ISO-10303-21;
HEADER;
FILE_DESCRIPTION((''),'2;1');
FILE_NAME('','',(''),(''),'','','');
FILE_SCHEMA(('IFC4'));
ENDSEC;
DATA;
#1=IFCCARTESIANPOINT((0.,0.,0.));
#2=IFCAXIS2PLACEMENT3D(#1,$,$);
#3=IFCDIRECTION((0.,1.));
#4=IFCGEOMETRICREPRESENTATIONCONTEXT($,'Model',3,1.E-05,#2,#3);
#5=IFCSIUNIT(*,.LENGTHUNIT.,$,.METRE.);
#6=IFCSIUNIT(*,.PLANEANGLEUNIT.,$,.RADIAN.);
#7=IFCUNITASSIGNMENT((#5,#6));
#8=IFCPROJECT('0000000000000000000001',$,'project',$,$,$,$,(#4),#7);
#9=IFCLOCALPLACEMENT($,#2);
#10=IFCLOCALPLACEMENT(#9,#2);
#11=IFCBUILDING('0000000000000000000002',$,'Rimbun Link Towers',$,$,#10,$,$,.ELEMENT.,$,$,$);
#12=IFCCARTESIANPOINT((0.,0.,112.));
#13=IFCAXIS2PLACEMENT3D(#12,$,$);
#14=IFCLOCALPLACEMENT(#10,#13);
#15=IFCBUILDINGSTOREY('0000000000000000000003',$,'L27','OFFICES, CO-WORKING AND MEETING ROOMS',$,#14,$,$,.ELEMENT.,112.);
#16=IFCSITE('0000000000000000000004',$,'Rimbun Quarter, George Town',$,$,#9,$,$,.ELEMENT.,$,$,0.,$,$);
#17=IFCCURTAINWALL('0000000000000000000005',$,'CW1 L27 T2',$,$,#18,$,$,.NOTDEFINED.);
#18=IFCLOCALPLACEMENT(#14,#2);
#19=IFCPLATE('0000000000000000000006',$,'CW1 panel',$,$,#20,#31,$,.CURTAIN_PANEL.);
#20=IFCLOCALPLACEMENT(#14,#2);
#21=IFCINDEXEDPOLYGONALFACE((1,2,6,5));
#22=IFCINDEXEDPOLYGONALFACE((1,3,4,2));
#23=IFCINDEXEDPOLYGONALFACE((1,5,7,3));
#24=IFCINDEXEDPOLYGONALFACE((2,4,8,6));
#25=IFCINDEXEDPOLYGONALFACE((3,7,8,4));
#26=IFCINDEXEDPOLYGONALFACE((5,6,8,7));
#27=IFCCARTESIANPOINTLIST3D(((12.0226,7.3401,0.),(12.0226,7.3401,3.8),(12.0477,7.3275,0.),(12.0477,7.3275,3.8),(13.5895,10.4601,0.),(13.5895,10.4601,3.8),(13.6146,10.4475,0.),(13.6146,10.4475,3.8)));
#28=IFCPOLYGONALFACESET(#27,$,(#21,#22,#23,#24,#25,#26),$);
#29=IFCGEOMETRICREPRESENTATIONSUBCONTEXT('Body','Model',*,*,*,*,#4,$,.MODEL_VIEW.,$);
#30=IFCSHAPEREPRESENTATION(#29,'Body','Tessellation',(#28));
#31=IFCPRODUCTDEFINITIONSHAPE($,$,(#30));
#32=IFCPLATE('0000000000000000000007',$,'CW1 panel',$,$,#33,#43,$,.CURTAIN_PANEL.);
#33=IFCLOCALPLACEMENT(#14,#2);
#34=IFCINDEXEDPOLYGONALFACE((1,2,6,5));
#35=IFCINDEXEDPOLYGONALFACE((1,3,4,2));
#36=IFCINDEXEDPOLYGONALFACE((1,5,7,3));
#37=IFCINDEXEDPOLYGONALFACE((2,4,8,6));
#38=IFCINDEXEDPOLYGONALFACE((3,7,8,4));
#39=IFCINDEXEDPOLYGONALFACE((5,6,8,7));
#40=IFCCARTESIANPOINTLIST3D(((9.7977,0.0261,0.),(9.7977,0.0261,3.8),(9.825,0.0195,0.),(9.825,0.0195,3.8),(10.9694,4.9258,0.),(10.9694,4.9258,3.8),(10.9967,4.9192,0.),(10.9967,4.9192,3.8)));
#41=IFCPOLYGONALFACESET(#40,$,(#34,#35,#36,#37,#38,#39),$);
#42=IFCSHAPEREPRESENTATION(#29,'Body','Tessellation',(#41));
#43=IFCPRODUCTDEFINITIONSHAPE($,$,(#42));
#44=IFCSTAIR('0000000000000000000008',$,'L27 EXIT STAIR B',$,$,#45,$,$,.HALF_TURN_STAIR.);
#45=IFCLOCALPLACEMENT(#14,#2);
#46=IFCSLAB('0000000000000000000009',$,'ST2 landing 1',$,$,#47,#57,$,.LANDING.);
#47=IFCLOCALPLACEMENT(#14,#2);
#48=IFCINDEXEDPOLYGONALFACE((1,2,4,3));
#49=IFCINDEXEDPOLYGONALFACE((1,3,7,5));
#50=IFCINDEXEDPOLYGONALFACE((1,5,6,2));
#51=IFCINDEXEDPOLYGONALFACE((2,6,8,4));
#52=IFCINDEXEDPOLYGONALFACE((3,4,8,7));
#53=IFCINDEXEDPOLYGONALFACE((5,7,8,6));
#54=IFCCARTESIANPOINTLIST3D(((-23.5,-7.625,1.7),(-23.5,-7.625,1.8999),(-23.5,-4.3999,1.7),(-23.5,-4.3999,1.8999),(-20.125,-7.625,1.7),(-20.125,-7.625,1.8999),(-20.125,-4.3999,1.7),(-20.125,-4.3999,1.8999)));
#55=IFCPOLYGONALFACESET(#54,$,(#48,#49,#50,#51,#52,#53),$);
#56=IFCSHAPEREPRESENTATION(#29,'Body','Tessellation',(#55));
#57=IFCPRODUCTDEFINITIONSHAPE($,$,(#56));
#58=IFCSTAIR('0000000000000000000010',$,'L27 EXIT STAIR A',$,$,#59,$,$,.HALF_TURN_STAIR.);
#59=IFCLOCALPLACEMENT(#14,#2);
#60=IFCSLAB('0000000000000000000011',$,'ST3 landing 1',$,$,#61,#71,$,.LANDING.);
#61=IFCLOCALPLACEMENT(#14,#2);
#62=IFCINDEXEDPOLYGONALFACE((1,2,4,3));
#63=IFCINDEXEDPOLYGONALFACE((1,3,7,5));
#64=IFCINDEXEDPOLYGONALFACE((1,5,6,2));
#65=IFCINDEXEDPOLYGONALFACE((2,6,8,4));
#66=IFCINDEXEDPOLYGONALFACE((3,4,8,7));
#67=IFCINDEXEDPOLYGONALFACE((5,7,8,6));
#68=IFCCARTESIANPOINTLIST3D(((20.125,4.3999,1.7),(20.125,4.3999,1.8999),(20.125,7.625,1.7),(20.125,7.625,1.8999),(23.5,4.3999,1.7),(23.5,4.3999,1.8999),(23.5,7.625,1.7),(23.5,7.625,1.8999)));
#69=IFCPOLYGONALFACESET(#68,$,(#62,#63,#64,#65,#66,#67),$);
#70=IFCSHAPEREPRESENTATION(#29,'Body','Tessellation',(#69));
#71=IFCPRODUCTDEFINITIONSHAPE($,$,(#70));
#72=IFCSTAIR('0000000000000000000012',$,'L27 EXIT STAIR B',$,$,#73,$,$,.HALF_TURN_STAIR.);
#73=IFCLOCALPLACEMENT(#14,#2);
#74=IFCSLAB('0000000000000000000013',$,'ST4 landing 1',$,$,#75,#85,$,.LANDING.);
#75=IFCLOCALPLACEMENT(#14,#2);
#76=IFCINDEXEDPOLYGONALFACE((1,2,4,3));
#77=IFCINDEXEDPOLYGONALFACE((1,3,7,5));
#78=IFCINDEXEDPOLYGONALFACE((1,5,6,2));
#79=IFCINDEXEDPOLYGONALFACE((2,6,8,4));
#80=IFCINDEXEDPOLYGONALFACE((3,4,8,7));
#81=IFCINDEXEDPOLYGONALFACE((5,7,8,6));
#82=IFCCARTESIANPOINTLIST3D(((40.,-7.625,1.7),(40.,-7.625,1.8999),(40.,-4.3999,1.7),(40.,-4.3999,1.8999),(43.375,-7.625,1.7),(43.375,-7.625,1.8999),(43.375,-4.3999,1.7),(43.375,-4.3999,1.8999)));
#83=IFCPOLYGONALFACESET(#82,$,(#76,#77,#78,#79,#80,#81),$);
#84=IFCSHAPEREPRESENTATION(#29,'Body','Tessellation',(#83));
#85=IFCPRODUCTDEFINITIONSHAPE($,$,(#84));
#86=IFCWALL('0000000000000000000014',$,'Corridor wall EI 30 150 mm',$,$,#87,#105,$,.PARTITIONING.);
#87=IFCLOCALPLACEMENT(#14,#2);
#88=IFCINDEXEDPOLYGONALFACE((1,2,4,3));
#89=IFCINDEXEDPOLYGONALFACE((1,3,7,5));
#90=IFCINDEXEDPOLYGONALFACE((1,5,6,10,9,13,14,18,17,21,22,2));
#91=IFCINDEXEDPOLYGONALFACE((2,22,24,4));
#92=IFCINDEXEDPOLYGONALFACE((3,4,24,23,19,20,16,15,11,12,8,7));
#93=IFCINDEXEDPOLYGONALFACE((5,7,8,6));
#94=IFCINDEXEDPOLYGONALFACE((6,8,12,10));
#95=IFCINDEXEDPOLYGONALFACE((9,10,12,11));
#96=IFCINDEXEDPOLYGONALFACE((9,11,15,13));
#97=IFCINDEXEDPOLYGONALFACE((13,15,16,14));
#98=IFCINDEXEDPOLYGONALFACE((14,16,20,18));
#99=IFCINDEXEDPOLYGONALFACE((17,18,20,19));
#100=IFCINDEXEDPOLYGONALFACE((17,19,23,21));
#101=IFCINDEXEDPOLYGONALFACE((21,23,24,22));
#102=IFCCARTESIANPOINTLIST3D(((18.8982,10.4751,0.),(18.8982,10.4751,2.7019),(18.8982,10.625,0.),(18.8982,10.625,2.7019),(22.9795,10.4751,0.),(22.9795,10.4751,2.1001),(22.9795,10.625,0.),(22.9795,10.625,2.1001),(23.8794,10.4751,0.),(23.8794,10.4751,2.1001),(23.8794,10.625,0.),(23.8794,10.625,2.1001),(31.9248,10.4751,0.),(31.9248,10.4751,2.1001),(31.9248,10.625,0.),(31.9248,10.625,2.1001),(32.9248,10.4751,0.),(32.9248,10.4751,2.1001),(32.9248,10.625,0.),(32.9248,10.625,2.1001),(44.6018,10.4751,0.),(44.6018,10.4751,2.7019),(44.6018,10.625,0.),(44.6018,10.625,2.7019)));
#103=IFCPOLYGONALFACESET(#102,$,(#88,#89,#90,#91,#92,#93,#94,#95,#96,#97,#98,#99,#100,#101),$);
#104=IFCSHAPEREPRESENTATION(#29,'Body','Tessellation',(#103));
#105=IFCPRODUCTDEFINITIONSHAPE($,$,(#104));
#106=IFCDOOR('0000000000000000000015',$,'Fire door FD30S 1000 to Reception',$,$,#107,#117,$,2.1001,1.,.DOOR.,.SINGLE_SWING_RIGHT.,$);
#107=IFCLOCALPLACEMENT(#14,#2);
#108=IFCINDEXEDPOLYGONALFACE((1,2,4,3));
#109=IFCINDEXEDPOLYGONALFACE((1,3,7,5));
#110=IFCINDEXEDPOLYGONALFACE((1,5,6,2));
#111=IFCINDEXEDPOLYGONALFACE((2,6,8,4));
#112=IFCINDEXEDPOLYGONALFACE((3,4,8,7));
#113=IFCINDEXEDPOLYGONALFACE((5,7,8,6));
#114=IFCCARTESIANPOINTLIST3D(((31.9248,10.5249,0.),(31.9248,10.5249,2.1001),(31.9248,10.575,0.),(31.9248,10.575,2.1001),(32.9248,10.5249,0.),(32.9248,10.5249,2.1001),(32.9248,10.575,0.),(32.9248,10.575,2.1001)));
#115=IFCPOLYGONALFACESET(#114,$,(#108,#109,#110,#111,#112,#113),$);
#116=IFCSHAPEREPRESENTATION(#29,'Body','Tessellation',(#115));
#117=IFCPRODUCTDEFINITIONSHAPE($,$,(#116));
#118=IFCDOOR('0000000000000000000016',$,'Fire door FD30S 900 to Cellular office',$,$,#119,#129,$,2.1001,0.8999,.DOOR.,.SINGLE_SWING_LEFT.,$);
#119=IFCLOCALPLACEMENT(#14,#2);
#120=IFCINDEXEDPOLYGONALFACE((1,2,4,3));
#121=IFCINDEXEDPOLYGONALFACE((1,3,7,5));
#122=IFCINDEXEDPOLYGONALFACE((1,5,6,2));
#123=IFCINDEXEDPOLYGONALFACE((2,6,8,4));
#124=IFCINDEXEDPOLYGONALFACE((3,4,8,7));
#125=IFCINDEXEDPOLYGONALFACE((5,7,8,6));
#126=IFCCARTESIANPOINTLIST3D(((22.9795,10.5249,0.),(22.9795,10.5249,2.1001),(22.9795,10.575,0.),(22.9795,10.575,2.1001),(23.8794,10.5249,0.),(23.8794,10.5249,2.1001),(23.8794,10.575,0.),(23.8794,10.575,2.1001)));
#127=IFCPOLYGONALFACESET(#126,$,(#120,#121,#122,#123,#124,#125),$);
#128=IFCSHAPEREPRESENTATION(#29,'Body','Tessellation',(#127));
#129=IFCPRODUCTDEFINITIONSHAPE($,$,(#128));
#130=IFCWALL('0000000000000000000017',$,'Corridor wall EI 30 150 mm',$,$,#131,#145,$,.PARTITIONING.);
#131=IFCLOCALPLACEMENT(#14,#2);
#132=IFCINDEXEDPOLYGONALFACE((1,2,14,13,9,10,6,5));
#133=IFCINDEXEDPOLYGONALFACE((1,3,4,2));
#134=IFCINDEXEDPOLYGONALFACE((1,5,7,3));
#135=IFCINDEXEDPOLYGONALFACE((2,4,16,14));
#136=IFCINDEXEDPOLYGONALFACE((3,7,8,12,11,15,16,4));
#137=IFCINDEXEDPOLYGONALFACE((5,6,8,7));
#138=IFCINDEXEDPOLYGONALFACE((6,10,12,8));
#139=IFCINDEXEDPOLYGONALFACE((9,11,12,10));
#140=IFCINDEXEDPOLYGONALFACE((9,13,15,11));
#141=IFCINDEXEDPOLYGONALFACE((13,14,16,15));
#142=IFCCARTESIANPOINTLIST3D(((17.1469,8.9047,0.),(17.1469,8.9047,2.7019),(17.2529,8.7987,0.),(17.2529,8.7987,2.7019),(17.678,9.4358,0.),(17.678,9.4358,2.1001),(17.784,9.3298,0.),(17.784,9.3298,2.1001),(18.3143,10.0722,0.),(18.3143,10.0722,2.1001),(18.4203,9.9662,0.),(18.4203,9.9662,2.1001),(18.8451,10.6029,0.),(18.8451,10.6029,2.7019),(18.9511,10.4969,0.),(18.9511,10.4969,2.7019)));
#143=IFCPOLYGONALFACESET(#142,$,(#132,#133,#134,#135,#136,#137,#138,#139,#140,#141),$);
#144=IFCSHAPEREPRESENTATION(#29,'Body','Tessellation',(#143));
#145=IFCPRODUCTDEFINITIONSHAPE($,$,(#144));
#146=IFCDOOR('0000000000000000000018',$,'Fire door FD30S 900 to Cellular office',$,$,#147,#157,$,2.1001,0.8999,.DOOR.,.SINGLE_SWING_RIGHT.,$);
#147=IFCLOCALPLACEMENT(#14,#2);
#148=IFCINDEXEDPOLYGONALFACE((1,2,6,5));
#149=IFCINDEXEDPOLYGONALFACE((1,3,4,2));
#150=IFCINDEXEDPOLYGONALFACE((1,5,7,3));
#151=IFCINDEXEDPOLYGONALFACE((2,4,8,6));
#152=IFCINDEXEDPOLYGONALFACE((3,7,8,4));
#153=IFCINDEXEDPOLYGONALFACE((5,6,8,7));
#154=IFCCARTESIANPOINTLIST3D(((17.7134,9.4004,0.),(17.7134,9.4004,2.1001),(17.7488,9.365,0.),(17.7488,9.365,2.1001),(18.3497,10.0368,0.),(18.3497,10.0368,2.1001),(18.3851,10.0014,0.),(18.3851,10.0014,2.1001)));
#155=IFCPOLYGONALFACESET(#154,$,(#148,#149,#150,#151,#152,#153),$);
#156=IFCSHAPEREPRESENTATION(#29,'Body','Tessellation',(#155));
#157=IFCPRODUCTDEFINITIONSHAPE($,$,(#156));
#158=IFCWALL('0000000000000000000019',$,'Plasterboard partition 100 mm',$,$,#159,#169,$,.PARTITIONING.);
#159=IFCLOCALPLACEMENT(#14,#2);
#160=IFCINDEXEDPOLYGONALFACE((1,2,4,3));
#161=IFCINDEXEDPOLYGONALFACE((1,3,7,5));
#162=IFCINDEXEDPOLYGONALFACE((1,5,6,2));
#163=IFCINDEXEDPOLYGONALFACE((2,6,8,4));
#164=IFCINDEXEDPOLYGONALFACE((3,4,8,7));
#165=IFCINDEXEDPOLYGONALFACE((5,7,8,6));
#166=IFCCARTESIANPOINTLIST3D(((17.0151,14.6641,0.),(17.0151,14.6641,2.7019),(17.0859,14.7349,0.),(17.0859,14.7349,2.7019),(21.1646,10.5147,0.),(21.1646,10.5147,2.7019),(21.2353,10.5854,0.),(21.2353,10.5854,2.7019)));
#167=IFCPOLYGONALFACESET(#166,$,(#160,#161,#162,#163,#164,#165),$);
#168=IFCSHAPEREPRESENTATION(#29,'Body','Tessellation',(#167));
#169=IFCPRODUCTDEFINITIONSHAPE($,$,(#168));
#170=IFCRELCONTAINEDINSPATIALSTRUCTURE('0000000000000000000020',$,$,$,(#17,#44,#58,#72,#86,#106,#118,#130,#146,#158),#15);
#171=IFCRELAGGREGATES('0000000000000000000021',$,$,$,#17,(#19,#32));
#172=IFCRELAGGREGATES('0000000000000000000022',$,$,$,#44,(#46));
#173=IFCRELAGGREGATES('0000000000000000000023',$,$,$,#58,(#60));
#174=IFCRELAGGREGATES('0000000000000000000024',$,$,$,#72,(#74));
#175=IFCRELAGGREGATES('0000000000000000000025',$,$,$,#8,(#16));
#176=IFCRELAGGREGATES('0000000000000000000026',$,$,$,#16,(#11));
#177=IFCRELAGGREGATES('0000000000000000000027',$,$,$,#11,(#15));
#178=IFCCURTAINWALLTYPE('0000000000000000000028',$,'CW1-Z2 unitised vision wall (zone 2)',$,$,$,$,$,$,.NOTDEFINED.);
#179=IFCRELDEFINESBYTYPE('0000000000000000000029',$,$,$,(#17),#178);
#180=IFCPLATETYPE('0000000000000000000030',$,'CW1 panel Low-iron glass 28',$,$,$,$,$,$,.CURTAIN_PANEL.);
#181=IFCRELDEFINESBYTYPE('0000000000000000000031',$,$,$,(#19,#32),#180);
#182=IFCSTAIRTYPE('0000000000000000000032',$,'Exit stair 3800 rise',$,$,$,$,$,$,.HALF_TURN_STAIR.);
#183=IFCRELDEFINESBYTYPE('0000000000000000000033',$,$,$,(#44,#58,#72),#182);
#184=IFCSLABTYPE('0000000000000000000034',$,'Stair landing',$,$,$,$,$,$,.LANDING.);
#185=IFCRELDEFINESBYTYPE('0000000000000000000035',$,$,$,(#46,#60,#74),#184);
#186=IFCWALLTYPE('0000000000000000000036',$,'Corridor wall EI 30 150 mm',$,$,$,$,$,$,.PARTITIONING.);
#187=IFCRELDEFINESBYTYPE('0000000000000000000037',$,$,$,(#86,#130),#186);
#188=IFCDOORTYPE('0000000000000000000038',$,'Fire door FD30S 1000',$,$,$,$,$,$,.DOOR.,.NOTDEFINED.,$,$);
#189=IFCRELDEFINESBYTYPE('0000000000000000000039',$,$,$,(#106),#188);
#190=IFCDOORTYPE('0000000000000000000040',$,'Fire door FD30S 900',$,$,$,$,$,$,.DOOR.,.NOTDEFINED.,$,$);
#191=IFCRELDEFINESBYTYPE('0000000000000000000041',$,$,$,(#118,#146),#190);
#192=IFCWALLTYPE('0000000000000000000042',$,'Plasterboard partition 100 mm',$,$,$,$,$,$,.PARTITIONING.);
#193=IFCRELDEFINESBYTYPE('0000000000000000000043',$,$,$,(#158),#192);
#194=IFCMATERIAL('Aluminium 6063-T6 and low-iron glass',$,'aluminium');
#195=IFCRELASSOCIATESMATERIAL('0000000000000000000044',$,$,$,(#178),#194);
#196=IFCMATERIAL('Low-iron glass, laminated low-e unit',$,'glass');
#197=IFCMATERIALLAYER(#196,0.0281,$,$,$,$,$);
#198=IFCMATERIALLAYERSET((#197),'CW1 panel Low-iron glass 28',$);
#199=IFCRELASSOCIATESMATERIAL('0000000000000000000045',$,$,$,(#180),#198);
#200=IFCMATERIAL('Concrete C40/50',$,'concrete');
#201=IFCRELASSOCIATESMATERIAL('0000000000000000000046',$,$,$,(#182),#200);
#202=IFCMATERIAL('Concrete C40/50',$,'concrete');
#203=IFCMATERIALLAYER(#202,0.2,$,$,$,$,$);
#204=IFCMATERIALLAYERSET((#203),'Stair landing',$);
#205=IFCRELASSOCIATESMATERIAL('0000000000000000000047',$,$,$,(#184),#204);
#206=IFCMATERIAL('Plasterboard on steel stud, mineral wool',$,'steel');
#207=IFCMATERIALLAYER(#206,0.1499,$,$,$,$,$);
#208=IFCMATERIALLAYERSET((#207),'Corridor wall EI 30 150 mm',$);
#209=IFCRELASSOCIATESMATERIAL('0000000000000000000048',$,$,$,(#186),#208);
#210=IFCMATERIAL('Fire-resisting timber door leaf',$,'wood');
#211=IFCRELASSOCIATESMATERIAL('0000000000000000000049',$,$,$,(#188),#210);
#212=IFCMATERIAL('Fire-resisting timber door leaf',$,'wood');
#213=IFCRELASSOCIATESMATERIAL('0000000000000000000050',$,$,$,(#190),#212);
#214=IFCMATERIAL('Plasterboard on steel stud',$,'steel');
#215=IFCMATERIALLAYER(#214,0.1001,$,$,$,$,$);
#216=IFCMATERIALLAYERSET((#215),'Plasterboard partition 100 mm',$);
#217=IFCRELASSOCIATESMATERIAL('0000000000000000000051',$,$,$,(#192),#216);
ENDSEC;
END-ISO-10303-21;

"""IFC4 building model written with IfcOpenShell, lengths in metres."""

from ifc_helpers import new_model, si_unit, direction, frame, frame_2d, origin, origin_2d, place, context, subcontext, project, spatial, polyline, rectangle, outline, extrude, material, layer, layer_set, type_object, element, fill, aggregate, save


model = new_model("IFC4")

# Units and contexts
model_context = context("Model", 3, precision=1e-05, world=origin(), true_north=direction((0.0, 1.0)))
body_context = subcontext(model_context, "Body", "Model", "MODEL_VIEW")
ifc_project = project(units=[si_unit("LENGTHUNIT", "METRE"), si_unit("PLANEANGLEUNIT", "RADIAN")], contexts=[model_context])

# Site, building, storey
site_placement = place(None, origin())
site = spatial("IfcSite", under=ifc_project, at=site_placement, Name="Rimbun Quarter, George Town", CompositionType="ELEMENT", RefElevation=0.0)
building_placement = place(site_placement, origin())
building = spatial("IfcBuilding", under=site, at=building_placement, Name="Rimbun Link Towers", CompositionType="ELEMENT")
storey_placement = place(building_placement, frame((0.0, 0.0, 112.0)))
storey = spatial("IfcBuildingStorey", under=building, at=storey_placement, Name="L27", Description="OFFICES, CO-WORKING AND MEETING ROOMS", CompositionType="ELEMENT", Elevation=112.0)

# Curtain wall
ifc_material_1 = material(Name="Aluminium 6063-T6 and low-iron glass", Category="aluminium")
curtain_wall_type = type_object("IfcCurtainWallType", Name="CW1-Z2 unitised vision wall (zone 2)", PredefinedType="NOTDEFINED", material=ifc_material_1)
curtain_wall_placement = place(storey_placement, origin())
curtain_wall = element("IfcCurtainWall", 1, at=curtain_wall_placement, inside=storey, type_object=curtain_wall_type, Name="CW1 L27 T2", PredefinedType="NOTDEFINED")

# Plates
ifc_material_2 = material(Name="Low-iron glass, laminated low-e unit", Category="glass")
ifc_layer_1 = layer(ifc_material_2, 0.0281)
ifc_layer_set_1 = layer_set([ifc_layer_1], Name="CW1 panel Low-iron glass 28")
plate_type = type_object("IfcPlateType", Name="CW1 panel Low-iron glass 28", PredefinedType="CURTAIN_PANEL", material=ifc_layer_set_1)
plate_1_placement = place(storey_placement, frame((12.8186, 8.8938, 0.0), z_axis=(0.0, 0.0, 1.0), x_axis=(0.448789, 0.893638, 0.0)))
plate_1 = element("IfcPlate", 2, at=plate_1_placement, type_object=plate_type, Name="CW1 panel", PredefinedType="CURTAIN_PANEL", context=body_context, shape_type="SweptSolid", body=[
    extrude(rectangle(XDim=3.4915, YDim=0.0281, at=origin_2d()), origin(), (0.0, 0.0, 1.0), 3.8),
])
plate_2_placement = place(storey_placement, frame((10.3972, 2.4727, 0.0), z_axis=(0.0, 0.0, 1.0), x_axis=(0.232586, 0.972576, 0.0)))
plate_2 = element("IfcPlate", 3, at=plate_2_placement, type_object=plate_type, Name="CW1 panel", PredefinedType="CURTAIN_PANEL", context=body_context, shape_type="SweptSolid", body=[
    extrude(rectangle(XDim=5.0378, YDim=0.0281, at=origin_2d()), origin(), (0.0, 0.0, 1.0), 3.8),
])
aggregate(curtain_wall, [plate_1, plate_2])

# Stairs, slabs
ifc_material_3 = material(Name="Concrete C40/50", Category="concrete")
stair_type = type_object("IfcStairType", Name="Exit stair 3800 rise", PredefinedType="HALF_TURN_STAIR", material=ifc_material_3)
stair_1_placement = place(storey_placement, origin())
stair_1 = element("IfcStair", 4, at=stair_1_placement, inside=storey, type_object=stair_type, Name="L27 EXIT STAIR B", PredefinedType="HALF_TURN_STAIR")
ifc_material_4 = material(Name="Concrete C40/50", Category="concrete")
ifc_layer_2 = layer(ifc_material_4, 0.2)
ifc_layer_set_2 = layer_set([ifc_layer_2], Name="Stair landing")
slab_type = type_object("IfcSlabType", Name="Stair landing", PredefinedType="LANDING", material=ifc_layer_set_2)
slab_1_placement = place(storey_placement, frame((0.0, 0.0, 1.7)))
slab_1 = element("IfcSlab", 5, at=slab_1_placement, type_object=slab_type, Name="ST2 landing 1", PredefinedType="LANDING", context=body_context, shape_type="SweptSolid", body=[
    extrude(outline(polyline([(-23.5, -7.625), (-20.125, -7.625), (-20.125, -4.3999), (-23.5, -4.3999), (-23.5, -7.625)])), origin(), (0.0, 0.0, 1.0), 0.2),
])
aggregate(stair_1, [slab_1])
stair_2_placement = place(storey_placement, origin())
stair_2 = element("IfcStair", 6, at=stair_2_placement, inside=storey, type_object=stair_type, Name="L27 EXIT STAIR A", PredefinedType="HALF_TURN_STAIR")
slab_2_placement = place(storey_placement, frame((0.0, 0.0, 1.7)))
slab_2 = element("IfcSlab", 7, at=slab_2_placement, type_object=slab_type, Name="ST3 landing 1", PredefinedType="LANDING", context=body_context, shape_type="SweptSolid", body=[
    extrude(outline(polyline([(23.5, 7.625), (20.125, 7.625), (20.125, 4.3999), (23.5, 4.3999), (23.5, 7.625)])), origin(), (0.0, 0.0, 1.0), 0.2),
])
aggregate(stair_2, [slab_2])
stair_3_placement = place(storey_placement, origin())
stair_3 = element("IfcStair", 8, at=stair_3_placement, inside=storey, type_object=stair_type, Name="L27 EXIT STAIR B", PredefinedType="HALF_TURN_STAIR")
slab_3_placement = place(storey_placement, frame((0.0, 0.0, 1.7)))
slab_3 = element("IfcSlab", 9, at=slab_3_placement, type_object=slab_type, Name="ST4 landing 1", PredefinedType="LANDING", context=body_context, shape_type="SweptSolid", body=[
    extrude(outline(polyline([(40.0, -7.625), (43.375, -7.625), (43.375, -4.3999), (40.0, -4.3999), (40.0, -7.625)])), origin(), (0.0, 0.0, 1.0), 0.2),
])
aggregate(stair_3, [slab_3])

# Wall, openings, doors
ifc_material_5 = material(Name="Plasterboard on steel stud, mineral wool", Category="steel")
ifc_layer_3 = layer(ifc_material_5, 0.1499)
ifc_layer_set_3 = layer_set([ifc_layer_3], Name="Corridor wall EI 30 150 mm")
wall_type_1 = type_object("IfcWallType", Name="Corridor wall EI 30 150 mm", PredefinedType="PARTITIONING", material=ifc_layer_set_3)
wall_1_placement = place(storey_placement, frame((18.8982, 10.55, 0.0), z_axis=(0.0, 0.0, 1.0), x_axis=(1.0, 0.0, 0.0)))
wall_1 = element("IfcWall", 10, at=wall_1_placement, inside=storey, type_object=wall_type_1, Name="Corridor wall EI 30 150 mm", PredefinedType="PARTITIONING", context=body_context, shape_type="SweptSolid", body=[
    extrude(rectangle(XDim=25.7036, YDim=0.1499, at=frame_2d((12.8518, 0.0))), origin(), (0.0, 0.0, 1.0), 2.7019),
])
opening_1_placement = place(wall_1_placement, frame((13.0266, 0.0, 0.0)))
opening_1 = element("IfcOpeningElement", 11, at=opening_1_placement, cuts=wall_1, PredefinedType="OPENING", context=body_context, shape_type="SweptSolid", body=[
    extrude(rectangle(XDim=1.0, YDim=2.1001, at=frame_2d((0.5, 1.05))), frame((0.0, 0.085, 0.0), z_axis=(0.0, -1.0, 0.0), x_axis=(1.0, 0.0, 0.0)), (0.0, 0.0, 1.0), 0.1699),
])
opening_2_placement = place(wall_1_placement, frame((4.0813, 0.0, 0.0)))
opening_2 = element("IfcOpeningElement", 12, at=opening_2_placement, cuts=wall_1, PredefinedType="OPENING", context=body_context, shape_type="SweptSolid", body=[
    extrude(rectangle(XDim=0.8999, YDim=2.1001, at=frame_2d((0.45, 1.05))), frame((0.0, 0.085, 0.0), z_axis=(0.0, -1.0, 0.0), x_axis=(1.0, 0.0, 0.0)), (0.0, 0.0, 1.0), 0.1699),
])
ifc_material_6 = material(Name="Fire-resisting timber door leaf", Category="wood")
door_type_1 = type_object("IfcDoorType", Name="Fire door FD30S 1000", OperationType="NOTDEFINED", PredefinedType="DOOR", material=ifc_material_6)
door_1_placement = place(opening_1_placement, origin())
door_1 = element("IfcDoor", 13, at=door_1_placement, inside=storey, type_object=door_type_1, Name="Fire door FD30S 1000 to Reception", OperationType="SINGLE_SWING_RIGHT", OverallHeight=2.1001, OverallWidth=1.0, PredefinedType="DOOR", context=body_context, shape_type="SweptSolid", body=[
    extrude(rectangle(XDim=1.0, YDim=2.1001, at=frame_2d((0.5, 1.05))), frame((0.0, 0.0249, 0.0), z_axis=(0.0, -1.0, 0.0), x_axis=(1.0, 0.0, 0.0)), (0.0, 0.0, 1.0), 0.05),
])
fill(opening_1, door_1)
ifc_material_7 = material(Name="Fire-resisting timber door leaf", Category="wood")
door_type_2 = type_object("IfcDoorType", Name="Fire door FD30S 900", OperationType="NOTDEFINED", PredefinedType="DOOR", material=ifc_material_7)
door_2_placement = place(opening_2_placement, origin())
door_2 = element("IfcDoor", 14, at=door_2_placement, inside=storey, type_object=door_type_2, Name="Fire door FD30S 900 to Cellular office", OperationType="SINGLE_SWING_LEFT", OverallHeight=2.1001, OverallWidth=0.8999, PredefinedType="DOOR", context=body_context, shape_type="SweptSolid", body=[
    extrude(rectangle(XDim=0.8999, YDim=2.1001, at=frame_2d((0.45, 1.05))), frame((0.0, 0.0249, 0.0), z_axis=(0.0, -1.0, 0.0), x_axis=(1.0, 0.0, 0.0)), (0.0, 0.0, 1.0), 0.05),
])
fill(opening_2, door_2)

# Wall, opening, door
wall_2_placement = place(storey_placement, frame((17.2, 8.8518, 0.0), z_axis=(0.0, 0.0, 1.0), x_axis=(0.707107, 0.707107, 0.0)))
wall_2 = element("IfcWall", 15, at=wall_2_placement, inside=storey, type_object=wall_type_1, Name="Corridor wall EI 30 150 mm", PredefinedType="PARTITIONING", context=body_context, shape_type="SweptSolid", body=[
    extrude(rectangle(XDim=2.4016, YDim=0.1499, at=frame_2d((1.2007, 0.0))), origin(), (0.0, 0.0, 1.0), 2.7019),
])
opening_3_placement = place(wall_2_placement, frame((0.751, 0.0, 0.0)))
opening_3 = element("IfcOpeningElement", 16, at=opening_3_placement, cuts=wall_2, PredefinedType="OPENING", context=body_context, shape_type="SweptSolid", body=[
    extrude(rectangle(XDim=0.8999, YDim=2.1001, at=frame_2d((0.45, 1.05))), frame((0.0, 0.085, 0.0), z_axis=(0.0, -1.0, 0.0), x_axis=(1.0, 0.0, 0.0)), (0.0, 0.0, 1.0), 0.1699),
])
door_3_placement = place(opening_3_placement, origin())
door_3 = element("IfcDoor", 17, at=door_3_placement, inside=storey, type_object=door_type_2, Name="Fire door FD30S 900 to Cellular office", OperationType="SINGLE_SWING_RIGHT", OverallHeight=2.1001, OverallWidth=0.8999, PredefinedType="DOOR", context=body_context, shape_type="SweptSolid", body=[
    extrude(rectangle(XDim=0.8999, YDim=2.1001, at=frame_2d((0.45, 1.05))), frame((0.0, 0.0249, 0.0), z_axis=(0.0, -1.0, 0.0), x_axis=(1.0, 0.0, 0.0)), (0.0, 0.0, 1.0), 0.05),
])
fill(opening_3, door_3)

# Wall
ifc_material_8 = material(Name="Plasterboard on steel stud", Category="steel")
ifc_layer_4 = layer(ifc_material_8, 0.1001)
ifc_layer_set_4 = layer_set([ifc_layer_4], Name="Plasterboard partition 100 mm")
wall_type_2 = type_object("IfcWallType", Name="Plasterboard partition 100 mm", PredefinedType="PARTITIONING", material=ifc_layer_set_4)
wall_3_placement = place(storey_placement, frame((17.0505, 14.6995, 0.0), z_axis=(0.0, 0.0, 1.0), x_axis=(0.707107, -0.707107, 0.0)))
element("IfcWall", 18, at=wall_3_placement, inside=storey, type_object=wall_type_2, Name="Plasterboard partition 100 mm", PredefinedType="PARTITIONING", context=body_context, shape_type="SweptSolid", body=[
    extrude(rectangle(XDim=5.8682, YDim=0.1001, at=frame_2d((2.9341, 0.0))), origin(), (0.0, 0.0, 1.0), 2.7019),
])

save(model, "model.ifc")
